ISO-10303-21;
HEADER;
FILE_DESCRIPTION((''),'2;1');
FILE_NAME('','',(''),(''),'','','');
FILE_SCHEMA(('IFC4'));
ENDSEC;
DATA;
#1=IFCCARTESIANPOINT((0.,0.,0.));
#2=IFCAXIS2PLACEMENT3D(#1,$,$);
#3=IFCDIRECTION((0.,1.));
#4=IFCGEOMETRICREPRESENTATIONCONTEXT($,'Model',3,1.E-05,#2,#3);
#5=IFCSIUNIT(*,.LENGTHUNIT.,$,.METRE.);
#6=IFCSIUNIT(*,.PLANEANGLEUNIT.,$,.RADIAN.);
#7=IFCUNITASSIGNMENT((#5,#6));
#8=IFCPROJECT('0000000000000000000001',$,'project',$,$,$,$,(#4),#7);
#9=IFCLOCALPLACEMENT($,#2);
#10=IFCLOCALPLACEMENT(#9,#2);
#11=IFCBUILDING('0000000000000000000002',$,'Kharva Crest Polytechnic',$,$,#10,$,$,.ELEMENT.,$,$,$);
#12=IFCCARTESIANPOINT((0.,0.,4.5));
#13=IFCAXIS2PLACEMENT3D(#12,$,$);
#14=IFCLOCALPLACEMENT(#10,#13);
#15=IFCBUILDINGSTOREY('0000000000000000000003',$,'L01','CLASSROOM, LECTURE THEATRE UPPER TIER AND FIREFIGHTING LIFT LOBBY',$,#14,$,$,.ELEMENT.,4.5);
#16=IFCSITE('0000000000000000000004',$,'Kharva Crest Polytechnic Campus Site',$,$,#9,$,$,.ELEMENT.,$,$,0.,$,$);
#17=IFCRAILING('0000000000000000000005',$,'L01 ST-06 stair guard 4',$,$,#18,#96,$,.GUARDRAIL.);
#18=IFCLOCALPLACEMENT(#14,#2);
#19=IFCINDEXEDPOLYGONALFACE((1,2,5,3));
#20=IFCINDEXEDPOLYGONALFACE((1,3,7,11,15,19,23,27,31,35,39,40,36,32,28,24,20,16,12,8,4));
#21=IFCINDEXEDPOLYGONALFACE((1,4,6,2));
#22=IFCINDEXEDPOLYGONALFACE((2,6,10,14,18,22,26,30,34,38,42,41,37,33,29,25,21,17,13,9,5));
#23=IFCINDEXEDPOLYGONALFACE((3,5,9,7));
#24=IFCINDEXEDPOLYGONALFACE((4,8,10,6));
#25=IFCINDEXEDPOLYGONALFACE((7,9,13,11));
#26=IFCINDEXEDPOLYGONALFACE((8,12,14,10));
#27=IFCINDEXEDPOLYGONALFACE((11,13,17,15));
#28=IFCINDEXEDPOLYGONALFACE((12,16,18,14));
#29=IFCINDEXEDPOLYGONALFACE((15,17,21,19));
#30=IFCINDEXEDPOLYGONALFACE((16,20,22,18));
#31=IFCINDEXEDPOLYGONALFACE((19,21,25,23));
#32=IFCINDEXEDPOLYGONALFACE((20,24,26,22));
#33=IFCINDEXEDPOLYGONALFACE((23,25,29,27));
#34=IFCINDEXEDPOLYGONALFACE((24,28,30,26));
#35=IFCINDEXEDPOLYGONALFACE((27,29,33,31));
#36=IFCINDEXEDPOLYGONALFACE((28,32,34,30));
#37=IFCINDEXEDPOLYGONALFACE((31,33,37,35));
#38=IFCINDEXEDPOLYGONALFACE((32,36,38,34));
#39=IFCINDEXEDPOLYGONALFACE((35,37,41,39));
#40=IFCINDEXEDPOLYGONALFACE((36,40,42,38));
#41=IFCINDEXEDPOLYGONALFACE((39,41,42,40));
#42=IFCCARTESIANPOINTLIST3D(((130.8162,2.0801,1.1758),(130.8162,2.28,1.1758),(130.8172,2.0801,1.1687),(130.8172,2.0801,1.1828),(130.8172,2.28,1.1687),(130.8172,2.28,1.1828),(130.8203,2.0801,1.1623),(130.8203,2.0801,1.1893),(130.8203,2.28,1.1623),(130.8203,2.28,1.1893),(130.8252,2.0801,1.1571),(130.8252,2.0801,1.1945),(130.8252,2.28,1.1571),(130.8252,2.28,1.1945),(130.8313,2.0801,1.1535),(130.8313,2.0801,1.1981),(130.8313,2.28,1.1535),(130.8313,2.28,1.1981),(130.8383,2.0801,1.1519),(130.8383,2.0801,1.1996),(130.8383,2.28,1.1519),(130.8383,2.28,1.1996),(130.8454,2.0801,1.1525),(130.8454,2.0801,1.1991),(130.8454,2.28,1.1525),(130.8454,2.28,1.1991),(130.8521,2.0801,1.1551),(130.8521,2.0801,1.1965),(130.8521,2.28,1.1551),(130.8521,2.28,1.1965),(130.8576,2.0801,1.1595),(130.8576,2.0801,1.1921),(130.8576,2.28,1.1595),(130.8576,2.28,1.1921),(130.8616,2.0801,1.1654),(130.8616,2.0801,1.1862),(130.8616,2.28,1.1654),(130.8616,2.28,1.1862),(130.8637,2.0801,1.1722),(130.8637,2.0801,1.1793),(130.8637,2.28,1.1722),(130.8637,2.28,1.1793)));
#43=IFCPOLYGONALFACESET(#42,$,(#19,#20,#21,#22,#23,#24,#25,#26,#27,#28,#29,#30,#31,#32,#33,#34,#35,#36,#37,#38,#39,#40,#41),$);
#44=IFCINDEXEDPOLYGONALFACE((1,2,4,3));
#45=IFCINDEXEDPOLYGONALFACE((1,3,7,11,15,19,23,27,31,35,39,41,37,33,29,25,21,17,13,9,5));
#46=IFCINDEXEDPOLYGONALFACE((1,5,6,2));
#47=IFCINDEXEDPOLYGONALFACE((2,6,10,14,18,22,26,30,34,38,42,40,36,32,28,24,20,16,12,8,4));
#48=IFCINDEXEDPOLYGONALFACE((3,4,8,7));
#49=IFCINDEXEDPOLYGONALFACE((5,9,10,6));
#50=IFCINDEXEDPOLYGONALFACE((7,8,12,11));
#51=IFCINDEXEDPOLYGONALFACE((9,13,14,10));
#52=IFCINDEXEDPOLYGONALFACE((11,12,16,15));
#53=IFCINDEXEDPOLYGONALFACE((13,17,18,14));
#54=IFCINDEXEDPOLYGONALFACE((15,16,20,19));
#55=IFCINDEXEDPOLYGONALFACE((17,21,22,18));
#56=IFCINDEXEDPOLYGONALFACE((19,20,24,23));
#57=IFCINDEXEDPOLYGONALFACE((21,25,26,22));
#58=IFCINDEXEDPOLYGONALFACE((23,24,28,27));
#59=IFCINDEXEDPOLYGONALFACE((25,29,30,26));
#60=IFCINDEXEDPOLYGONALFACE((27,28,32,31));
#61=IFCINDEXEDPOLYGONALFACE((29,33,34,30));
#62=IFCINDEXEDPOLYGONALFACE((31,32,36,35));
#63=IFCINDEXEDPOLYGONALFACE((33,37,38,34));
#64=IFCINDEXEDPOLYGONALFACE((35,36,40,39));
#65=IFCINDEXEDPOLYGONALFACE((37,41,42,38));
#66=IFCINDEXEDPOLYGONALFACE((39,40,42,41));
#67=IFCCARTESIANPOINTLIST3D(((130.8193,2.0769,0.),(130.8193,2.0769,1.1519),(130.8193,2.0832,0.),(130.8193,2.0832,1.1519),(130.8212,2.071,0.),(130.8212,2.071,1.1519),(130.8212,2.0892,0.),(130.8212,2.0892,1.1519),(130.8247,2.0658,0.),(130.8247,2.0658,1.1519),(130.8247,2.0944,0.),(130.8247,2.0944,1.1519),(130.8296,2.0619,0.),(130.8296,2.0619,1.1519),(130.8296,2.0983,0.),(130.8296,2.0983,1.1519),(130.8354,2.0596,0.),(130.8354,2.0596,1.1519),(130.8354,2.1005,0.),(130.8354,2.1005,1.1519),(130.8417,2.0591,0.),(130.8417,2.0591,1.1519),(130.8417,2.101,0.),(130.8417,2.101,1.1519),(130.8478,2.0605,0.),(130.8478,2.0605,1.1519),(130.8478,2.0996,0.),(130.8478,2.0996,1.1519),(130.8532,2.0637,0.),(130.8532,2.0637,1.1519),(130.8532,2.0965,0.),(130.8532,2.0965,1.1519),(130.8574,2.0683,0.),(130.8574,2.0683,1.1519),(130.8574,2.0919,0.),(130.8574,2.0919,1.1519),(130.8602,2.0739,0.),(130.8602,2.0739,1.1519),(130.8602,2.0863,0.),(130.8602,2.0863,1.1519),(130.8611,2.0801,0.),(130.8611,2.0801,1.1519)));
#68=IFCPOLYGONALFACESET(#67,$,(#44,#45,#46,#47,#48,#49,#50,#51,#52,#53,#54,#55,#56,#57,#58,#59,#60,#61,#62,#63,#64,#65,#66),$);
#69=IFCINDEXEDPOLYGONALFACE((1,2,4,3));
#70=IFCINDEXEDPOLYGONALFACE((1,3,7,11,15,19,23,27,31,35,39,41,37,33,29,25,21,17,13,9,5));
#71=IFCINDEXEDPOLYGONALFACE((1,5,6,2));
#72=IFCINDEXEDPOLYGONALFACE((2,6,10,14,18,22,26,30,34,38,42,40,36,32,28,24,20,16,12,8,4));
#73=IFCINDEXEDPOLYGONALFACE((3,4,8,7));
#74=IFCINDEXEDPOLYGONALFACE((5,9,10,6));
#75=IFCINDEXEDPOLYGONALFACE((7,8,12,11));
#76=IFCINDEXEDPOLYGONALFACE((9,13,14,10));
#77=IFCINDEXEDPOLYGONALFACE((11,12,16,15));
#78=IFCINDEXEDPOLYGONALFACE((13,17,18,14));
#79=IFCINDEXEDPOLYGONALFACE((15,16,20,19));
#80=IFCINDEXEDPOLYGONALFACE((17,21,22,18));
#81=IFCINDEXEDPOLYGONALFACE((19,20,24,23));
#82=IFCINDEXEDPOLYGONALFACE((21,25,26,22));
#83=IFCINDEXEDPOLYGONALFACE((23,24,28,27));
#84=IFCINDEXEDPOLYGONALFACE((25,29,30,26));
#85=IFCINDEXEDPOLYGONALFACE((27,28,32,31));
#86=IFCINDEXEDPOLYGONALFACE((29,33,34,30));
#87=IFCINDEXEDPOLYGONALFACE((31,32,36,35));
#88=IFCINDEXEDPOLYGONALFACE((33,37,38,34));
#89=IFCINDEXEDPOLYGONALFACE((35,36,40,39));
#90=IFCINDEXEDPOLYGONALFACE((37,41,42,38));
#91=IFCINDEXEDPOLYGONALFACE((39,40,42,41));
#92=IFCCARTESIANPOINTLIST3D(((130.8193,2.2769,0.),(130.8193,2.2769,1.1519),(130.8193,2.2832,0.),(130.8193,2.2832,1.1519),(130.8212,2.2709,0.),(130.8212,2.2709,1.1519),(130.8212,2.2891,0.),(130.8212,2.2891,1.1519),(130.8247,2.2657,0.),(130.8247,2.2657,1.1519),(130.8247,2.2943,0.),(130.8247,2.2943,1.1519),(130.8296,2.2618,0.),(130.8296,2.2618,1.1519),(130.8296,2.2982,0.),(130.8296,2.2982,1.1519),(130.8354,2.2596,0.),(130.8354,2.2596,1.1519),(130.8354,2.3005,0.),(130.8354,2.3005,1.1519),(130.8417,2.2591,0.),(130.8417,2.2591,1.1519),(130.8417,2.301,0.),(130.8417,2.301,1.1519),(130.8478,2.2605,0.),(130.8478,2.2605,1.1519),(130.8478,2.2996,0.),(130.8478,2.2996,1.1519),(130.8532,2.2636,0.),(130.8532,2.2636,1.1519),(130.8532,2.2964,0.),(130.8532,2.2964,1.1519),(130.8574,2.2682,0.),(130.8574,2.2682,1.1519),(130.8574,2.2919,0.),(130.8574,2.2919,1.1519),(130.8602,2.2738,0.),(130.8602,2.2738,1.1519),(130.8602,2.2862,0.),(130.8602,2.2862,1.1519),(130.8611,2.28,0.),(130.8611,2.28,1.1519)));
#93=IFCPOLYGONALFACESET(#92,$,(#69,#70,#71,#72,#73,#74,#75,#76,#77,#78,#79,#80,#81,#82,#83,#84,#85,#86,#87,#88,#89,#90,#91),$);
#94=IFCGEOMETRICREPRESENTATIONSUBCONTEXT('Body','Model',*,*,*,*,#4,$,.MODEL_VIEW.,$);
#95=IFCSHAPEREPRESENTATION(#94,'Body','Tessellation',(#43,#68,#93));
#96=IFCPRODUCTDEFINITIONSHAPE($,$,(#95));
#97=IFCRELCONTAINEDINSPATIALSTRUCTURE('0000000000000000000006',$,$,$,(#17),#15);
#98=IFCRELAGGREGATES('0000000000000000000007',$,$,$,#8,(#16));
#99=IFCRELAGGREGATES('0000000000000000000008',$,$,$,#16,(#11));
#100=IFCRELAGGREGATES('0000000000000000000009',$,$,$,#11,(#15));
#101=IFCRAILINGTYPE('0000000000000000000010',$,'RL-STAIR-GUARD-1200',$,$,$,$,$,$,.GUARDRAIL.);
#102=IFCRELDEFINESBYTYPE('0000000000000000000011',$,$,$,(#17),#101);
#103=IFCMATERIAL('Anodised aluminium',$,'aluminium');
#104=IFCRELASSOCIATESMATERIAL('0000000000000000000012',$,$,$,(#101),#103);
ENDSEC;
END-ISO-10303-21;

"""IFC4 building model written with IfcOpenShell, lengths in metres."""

from ifc_helpers import new_model, si_unit, direction, frame, origin, origin_2d, place, context, subcontext, project, spatial, circle, extrude, material, type_object, element, save


model = new_model("IFC4")

# Units and contexts
model_context = context("Model", 3, precision=1e-05, world=origin(), true_north=direction((0.0, 1.0)))
body_context = subcontext(model_context, "Body", "Model", "MODEL_VIEW")
ifc_project = project(units=[si_unit("LENGTHUNIT", "METRE"), si_unit("PLANEANGLEUNIT", "RADIAN")], contexts=[model_context])

# Site, building, storey
site_placement = place(None, origin())
site = spatial("IfcSite", under=ifc_project, at=site_placement, Name="Kharva Crest Polytechnic Campus Site", CompositionType="ELEMENT", RefElevation=0.0)
building_placement = place(site_placement, origin())
building = spatial("IfcBuilding", under=site, at=building_placement, Name="Kharva Crest Polytechnic", CompositionType="ELEMENT")
storey_placement = place(building_placement, frame((0.0, 0.0, 4.5)))
storey = spatial("IfcBuildingStorey", under=building, at=storey_placement, Name="L01", Description="CLASSROOM, LECTURE THEATRE UPPER TIER AND FIREFIGHTING LIFT LOBBY", CompositionType="ELEMENT", Elevation=4.5)

# Railing
ifc_material_1 = material(Name="Anodised aluminium", Category="aluminium")
railing_type_1 = type_object("IfcRailingType", Name="RL-STAIR-GUARD-1200", PredefinedType="GUARDRAIL", material=ifc_material_1)
railing_1_placement = place(storey_placement, frame((130.8401, 2.0801, 0.0)))
element("IfcRailing", 1, at=railing_1_placement, inside=storey, type_object=railing_type_1, Name="L01 ST-06 stair guard 4", PredefinedType="GUARDRAIL", context=body_context, shape_type="SweptSolid", body=[
    extrude(circle(Radius=0.0239, at=origin_2d()), frame((0.0, 0.0, 1.1758), z_axis=(0.0, 1.0, 0.0), x_axis=(-1.0, 0.0, 0.0)), (0.0, 0.0, 1.0), 0.2),
    extrude(circle(Radius=0.021, at=origin_2d()), origin(), (0.0, 0.0, 1.0), 1.1519),
    extrude(circle(Radius=0.021, at=origin_2d()), frame((0.0, 0.2, 0.0)), (0.0, 0.0, 1.0), 1.1519),
])

save(model, "model.ifc")
